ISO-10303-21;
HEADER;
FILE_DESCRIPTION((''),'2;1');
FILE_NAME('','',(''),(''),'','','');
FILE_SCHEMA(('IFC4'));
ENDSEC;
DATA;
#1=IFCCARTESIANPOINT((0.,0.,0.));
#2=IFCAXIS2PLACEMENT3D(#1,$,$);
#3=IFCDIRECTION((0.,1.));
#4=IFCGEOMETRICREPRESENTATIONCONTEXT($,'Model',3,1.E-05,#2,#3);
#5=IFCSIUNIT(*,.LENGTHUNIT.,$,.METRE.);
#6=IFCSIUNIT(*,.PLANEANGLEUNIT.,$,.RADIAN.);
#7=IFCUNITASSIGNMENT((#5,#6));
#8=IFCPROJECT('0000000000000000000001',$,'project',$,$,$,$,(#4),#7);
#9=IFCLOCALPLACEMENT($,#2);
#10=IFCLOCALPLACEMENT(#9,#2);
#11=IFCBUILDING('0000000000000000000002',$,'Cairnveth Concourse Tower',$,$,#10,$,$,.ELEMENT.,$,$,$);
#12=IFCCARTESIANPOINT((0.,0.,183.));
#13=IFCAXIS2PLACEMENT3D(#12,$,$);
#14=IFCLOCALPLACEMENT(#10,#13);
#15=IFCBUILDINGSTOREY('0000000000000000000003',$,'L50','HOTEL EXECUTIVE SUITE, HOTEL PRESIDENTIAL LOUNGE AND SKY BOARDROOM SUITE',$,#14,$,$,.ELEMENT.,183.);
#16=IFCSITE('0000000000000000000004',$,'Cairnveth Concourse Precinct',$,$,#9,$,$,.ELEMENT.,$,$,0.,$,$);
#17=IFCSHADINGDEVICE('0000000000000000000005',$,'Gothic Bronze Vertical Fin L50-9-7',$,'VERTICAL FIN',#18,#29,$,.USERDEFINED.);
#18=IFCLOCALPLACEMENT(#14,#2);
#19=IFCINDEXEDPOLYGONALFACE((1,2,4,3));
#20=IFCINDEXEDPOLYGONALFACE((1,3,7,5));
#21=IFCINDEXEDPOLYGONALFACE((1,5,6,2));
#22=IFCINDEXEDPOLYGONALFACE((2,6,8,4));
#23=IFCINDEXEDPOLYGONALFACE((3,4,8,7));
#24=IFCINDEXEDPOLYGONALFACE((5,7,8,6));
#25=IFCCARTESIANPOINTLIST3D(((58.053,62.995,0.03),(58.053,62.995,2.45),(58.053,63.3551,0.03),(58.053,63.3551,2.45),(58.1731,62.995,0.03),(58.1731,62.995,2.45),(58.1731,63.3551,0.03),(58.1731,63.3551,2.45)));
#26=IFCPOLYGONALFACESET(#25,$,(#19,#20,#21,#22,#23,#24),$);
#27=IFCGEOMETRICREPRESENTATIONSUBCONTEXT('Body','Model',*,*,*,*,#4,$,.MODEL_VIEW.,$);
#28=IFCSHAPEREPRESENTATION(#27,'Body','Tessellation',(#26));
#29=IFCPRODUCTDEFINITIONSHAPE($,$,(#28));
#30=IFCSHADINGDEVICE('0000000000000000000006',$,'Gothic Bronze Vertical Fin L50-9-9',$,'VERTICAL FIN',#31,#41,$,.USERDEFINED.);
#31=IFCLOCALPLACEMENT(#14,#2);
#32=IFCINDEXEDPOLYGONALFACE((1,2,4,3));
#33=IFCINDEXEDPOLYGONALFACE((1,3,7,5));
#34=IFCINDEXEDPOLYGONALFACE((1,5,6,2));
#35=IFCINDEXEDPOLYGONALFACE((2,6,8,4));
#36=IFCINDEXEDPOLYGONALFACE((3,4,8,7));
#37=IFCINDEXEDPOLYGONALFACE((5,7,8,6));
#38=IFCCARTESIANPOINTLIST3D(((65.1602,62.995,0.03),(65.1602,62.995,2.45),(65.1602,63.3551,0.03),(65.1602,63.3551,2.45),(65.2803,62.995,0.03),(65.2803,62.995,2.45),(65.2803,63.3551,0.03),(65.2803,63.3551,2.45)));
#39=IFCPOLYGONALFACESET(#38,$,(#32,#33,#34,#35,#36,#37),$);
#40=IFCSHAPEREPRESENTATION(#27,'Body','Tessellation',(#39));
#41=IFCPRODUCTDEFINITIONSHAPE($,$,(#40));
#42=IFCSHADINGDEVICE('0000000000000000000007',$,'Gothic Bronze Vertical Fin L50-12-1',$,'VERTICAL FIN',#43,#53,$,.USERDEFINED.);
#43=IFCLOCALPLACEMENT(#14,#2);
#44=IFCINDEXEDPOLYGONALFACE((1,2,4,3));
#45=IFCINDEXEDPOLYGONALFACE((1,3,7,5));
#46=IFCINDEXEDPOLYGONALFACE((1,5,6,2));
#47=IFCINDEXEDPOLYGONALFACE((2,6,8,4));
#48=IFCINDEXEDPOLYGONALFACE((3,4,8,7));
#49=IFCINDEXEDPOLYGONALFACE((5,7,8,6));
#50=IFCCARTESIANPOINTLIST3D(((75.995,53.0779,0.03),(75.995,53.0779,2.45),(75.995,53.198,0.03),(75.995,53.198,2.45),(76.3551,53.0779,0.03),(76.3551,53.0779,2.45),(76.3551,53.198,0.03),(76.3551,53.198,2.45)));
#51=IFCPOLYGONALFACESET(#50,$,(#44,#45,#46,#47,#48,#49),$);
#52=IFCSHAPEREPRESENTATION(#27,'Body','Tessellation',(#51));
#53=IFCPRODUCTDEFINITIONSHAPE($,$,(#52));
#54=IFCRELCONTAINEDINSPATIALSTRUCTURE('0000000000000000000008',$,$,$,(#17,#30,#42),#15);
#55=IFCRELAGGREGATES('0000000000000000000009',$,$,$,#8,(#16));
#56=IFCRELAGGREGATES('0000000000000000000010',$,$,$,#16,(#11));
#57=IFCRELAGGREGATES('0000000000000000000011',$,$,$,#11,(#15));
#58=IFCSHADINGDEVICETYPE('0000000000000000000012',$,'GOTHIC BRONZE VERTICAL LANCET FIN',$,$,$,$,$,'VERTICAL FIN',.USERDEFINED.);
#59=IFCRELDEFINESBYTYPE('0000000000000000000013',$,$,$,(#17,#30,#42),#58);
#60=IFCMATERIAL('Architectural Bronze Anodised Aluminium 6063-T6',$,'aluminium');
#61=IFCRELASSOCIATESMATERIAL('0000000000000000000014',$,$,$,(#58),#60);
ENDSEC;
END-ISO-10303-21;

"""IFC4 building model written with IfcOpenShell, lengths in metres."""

from ifc_helpers import new_model, si_unit, direction, frame, origin, origin_2d, place, context, subcontext, project, spatial, rectangle, extrude, material, type_object, element, save


model = new_model("IFC4")

# Units and contexts
model_context = context("Model", 3, precision=1e-05, world=origin(), true_north=direction((0.0, 1.0)))
body_context = subcontext(model_context, "Body", "Model", "MODEL_VIEW")
ifc_project = project(units=[si_unit("LENGTHUNIT", "METRE"), si_unit("PLANEANGLEUNIT", "RADIAN")], contexts=[model_context])

# Site, building, storey
site_placement = place(None, origin())
site = spatial("IfcSite", under=ifc_project, at=site_placement, Name="Cairnveth Concourse Precinct", CompositionType="ELEMENT", RefElevation=0.0)
building_placement = place(site_placement, origin())
building = spatial("IfcBuilding", under=site, at=building_placement, Name="Cairnveth Concourse Tower", CompositionType="ELEMENT")
storey_placement = place(building_placement, frame((0.0, 0.0, 183.0)))
storey = spatial("IfcBuildingStorey", under=building, at=storey_placement, Name="L50", Description="HOTEL EXECUTIVE SUITE, HOTEL PRESIDENTIAL LOUNGE AND SKY BOARDROOM SUITE", CompositionType="ELEMENT", Elevation=183.0)

# Shading devices
ifc_material_1 = material(Name="Architectural Bronze Anodised Aluminium 6063-T6", Category="aluminium")
shading_device_type = type_object("IfcShadingDeviceType", Name="GOTHIC BRONZE VERTICAL LANCET FIN", ElementType="VERTICAL FIN", PredefinedType="USERDEFINED", material=ifc_material_1)
for number, where, z_axis, x_axis, name in (
    (1, (58.113, 63.175, 0.03), (0.0, 0.0, 1.0), (1.0, 0.0, 0.0), "Gothic Bronze Vertical Fin L50-9-7"),
    (2, (65.2202, 63.175, 0.03), (0.0, 0.0, 1.0), (1.0, 0.0, 0.0), "Gothic Bronze Vertical Fin L50-9-9"),
    (3, (76.175, 53.1379, 0.03), (0.0, 0.0, 1.0), (0.0, 1.0, 0.0), "Gothic Bronze Vertical Fin L50-12-1"),
):
    element("IfcShadingDevice", number, at=place(storey_placement, frame(where, z_axis=z_axis, x_axis=x_axis)), inside=storey, type_object=shading_device_type, Name=name, ObjectType="VERTICAL FIN", PredefinedType="USERDEFINED", context=body_context, shape_type="SweptSolid", body=[
        extrude(rectangle(XDim=0.1201, YDim=0.3601, at=origin_2d()), origin(), (0.0, 0.0, 1.0), 2.4199),
    ])

save(model, "model.ifc")
